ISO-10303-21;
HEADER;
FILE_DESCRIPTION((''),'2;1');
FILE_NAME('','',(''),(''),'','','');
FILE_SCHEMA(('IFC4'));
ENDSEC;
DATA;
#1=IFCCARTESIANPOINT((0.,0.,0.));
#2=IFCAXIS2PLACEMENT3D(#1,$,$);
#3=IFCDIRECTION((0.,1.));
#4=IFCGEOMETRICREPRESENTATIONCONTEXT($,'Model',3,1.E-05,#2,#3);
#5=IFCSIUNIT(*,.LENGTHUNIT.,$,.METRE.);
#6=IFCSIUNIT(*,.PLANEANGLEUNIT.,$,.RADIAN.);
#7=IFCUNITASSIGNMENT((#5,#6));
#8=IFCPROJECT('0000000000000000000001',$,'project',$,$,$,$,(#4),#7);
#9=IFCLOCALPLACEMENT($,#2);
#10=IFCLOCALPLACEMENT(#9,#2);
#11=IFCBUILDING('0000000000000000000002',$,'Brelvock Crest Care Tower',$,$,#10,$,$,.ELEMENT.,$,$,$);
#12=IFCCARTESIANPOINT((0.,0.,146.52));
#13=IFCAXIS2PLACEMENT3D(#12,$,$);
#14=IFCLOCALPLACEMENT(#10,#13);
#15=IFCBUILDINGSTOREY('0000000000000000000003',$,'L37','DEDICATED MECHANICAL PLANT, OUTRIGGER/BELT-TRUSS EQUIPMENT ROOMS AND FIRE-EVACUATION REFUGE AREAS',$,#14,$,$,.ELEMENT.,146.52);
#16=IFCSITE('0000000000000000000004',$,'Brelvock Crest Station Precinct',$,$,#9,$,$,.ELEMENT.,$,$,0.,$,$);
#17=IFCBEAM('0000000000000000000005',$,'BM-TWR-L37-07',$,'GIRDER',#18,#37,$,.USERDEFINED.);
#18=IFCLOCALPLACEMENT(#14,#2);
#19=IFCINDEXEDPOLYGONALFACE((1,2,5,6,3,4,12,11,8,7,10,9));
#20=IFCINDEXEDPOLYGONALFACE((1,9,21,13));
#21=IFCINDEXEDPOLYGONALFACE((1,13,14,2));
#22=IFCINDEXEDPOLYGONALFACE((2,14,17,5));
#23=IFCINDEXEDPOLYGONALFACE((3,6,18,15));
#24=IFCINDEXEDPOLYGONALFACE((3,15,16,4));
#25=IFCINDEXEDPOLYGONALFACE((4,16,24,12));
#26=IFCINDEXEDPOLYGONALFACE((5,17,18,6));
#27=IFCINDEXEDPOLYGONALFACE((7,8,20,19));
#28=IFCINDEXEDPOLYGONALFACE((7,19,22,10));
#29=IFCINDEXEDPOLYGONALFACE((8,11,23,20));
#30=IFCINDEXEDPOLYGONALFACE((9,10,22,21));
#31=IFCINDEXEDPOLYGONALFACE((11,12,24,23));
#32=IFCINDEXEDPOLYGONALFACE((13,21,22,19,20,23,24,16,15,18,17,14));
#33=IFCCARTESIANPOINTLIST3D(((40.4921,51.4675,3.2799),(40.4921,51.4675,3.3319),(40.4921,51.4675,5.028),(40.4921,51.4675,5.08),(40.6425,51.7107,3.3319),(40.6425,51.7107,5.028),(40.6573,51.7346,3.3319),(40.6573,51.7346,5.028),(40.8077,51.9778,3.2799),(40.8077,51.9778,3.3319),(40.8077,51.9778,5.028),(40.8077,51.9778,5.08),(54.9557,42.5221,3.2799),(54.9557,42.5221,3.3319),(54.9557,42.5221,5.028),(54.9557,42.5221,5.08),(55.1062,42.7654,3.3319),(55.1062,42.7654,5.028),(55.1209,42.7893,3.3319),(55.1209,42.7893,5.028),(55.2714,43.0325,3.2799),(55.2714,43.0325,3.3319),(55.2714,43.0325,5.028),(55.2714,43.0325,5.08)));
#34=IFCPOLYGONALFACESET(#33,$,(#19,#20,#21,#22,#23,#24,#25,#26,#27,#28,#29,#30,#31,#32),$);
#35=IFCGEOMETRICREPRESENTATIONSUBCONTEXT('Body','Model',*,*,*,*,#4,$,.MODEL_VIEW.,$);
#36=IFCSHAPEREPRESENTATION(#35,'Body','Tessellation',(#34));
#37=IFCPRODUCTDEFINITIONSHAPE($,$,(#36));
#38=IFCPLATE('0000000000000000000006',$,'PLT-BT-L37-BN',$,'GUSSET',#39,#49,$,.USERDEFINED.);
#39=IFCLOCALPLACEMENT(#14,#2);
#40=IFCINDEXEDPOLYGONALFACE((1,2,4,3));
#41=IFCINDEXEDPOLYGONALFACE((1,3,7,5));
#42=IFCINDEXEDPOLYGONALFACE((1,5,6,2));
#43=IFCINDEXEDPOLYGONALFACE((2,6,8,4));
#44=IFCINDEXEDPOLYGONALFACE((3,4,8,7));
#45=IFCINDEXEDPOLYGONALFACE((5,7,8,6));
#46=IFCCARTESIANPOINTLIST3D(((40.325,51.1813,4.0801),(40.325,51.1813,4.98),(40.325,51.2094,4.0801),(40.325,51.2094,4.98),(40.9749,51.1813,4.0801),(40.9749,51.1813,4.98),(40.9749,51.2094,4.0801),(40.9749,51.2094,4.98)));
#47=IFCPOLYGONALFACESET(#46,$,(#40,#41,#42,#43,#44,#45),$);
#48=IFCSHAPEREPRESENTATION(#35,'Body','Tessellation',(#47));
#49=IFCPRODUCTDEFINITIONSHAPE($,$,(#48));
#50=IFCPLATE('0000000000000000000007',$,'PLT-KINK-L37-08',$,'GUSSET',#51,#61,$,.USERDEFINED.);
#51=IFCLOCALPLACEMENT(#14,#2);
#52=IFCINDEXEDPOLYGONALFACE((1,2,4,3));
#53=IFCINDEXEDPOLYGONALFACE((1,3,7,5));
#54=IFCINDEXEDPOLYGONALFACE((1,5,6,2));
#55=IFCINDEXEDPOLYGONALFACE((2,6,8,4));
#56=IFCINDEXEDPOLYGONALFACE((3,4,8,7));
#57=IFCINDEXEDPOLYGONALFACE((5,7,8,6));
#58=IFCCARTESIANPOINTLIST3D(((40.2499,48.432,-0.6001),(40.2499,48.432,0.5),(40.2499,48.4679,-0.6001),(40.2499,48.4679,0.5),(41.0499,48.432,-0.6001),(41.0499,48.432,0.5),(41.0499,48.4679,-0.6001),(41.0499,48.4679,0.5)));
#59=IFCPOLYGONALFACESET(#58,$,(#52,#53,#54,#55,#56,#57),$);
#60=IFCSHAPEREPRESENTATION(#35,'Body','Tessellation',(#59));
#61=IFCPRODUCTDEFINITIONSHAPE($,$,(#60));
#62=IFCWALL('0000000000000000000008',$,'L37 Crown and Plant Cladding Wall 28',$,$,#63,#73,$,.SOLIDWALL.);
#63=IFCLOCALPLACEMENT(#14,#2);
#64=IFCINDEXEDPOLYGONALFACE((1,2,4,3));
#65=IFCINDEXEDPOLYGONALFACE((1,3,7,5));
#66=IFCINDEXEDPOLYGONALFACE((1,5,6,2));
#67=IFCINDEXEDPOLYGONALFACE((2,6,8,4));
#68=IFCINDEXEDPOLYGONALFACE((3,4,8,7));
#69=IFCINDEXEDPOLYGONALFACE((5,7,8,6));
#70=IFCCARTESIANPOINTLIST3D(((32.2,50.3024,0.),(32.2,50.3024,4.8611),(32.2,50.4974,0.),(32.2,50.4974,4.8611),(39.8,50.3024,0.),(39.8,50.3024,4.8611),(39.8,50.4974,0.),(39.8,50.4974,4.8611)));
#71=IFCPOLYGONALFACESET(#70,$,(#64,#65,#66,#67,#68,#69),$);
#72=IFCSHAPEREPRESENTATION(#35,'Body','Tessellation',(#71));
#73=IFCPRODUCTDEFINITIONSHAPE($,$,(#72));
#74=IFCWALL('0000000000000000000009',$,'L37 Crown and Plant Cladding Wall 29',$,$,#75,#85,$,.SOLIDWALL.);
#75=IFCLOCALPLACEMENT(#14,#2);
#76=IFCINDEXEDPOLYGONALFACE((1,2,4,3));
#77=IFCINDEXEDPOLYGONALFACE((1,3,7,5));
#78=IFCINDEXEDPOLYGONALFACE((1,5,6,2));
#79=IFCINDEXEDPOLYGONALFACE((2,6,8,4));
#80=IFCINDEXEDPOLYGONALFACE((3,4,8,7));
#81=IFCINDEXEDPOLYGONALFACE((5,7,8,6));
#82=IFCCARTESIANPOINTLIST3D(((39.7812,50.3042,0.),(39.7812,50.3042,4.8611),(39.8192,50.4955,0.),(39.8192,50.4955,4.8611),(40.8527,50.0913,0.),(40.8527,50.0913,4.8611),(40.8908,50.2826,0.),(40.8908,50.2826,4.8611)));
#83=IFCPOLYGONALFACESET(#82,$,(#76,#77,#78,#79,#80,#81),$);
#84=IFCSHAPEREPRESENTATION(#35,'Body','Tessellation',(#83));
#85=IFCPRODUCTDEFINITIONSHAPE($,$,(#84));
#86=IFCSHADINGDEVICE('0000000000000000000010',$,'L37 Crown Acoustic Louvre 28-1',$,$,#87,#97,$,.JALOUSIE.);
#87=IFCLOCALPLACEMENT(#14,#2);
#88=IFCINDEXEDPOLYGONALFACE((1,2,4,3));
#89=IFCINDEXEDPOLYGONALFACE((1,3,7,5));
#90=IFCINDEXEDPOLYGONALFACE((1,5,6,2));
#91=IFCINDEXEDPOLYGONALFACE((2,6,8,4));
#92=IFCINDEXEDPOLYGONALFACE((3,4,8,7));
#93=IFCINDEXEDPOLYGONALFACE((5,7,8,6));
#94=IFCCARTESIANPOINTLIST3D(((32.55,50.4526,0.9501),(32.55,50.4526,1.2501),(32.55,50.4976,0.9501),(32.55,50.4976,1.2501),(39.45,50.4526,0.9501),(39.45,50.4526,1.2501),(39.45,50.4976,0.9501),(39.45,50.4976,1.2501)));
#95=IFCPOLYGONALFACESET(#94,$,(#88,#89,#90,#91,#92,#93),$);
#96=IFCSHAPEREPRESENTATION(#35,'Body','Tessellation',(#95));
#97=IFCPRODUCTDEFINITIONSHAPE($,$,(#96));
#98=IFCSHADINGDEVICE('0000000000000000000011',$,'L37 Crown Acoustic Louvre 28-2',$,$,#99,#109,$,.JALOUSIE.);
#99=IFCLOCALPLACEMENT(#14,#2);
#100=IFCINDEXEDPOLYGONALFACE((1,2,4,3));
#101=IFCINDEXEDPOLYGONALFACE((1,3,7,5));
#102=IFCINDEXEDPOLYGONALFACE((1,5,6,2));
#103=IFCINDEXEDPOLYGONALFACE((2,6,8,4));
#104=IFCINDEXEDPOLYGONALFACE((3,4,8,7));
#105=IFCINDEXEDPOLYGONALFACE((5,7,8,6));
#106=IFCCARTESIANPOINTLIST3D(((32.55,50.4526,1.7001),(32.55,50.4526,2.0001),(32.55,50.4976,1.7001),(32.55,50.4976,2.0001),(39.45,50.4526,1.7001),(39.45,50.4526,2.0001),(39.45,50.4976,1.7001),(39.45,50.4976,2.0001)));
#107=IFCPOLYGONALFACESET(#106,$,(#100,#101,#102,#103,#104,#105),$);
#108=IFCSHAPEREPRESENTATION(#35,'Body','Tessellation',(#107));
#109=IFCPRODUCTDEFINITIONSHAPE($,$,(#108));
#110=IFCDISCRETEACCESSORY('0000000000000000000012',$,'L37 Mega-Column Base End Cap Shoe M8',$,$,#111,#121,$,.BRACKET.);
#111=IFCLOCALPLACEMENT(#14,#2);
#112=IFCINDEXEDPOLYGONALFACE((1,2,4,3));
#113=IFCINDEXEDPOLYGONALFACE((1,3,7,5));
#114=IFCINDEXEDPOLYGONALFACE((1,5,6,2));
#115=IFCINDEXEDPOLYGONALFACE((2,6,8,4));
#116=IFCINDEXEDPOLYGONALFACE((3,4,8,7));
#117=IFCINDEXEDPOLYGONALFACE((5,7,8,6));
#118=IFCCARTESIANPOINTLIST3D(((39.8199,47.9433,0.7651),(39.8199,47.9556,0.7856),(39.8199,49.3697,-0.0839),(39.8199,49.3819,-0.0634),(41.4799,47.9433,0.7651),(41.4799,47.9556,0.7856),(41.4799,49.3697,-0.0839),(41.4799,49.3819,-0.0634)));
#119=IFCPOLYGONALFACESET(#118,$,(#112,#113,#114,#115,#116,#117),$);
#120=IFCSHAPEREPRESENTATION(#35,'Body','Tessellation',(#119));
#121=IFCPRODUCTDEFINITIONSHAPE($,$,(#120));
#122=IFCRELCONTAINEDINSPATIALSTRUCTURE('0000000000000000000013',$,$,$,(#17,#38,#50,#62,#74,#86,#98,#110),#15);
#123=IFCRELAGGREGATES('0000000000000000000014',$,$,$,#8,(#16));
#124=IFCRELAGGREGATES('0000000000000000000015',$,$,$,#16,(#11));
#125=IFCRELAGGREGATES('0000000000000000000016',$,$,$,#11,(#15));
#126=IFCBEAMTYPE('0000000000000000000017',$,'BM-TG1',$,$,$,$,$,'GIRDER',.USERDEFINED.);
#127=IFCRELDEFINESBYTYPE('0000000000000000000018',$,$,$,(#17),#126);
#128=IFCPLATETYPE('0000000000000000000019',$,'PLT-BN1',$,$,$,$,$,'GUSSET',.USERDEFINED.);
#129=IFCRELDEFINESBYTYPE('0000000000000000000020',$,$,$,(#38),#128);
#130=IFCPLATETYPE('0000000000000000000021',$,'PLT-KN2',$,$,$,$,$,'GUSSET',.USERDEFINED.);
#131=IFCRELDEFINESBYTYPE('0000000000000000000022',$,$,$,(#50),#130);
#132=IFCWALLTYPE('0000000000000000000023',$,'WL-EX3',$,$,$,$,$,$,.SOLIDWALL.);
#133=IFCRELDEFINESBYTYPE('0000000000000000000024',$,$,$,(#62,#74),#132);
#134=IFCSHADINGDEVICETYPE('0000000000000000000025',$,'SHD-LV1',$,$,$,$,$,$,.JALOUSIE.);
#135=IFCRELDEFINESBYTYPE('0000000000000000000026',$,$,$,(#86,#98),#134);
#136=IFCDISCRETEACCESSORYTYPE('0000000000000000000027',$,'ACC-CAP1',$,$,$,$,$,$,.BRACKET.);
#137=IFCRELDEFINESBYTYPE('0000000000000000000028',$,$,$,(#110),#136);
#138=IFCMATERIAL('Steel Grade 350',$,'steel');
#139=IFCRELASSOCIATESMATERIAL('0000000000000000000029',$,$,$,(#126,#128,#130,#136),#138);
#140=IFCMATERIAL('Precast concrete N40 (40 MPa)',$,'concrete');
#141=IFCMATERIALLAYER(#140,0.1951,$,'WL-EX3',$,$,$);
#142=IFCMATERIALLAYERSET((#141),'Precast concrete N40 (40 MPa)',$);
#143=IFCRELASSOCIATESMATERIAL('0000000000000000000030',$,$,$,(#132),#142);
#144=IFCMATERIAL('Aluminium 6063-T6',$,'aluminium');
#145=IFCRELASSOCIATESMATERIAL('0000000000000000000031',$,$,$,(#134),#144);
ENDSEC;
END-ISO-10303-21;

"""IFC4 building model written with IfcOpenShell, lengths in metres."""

from ifc_helpers import new_model, si_unit, direction, frame, frame_2d, origin, origin_2d, place, context, subcontext, project, spatial, rectangle, i_section, extrude, source, transform, mapped, material, layer, layer_set, material_profile, profile_set, type_object, element, save


model = new_model("IFC4")

# Units and contexts
model_context = context("Model", 3, precision=1e-05, world=origin(), true_north=direction((0.0, 1.0)))
body_context = subcontext(model_context, "Body", "Model", "MODEL_VIEW")
ifc_project = project(units=[si_unit("LENGTHUNIT", "METRE"), si_unit("PLANEANGLEUNIT", "RADIAN")], contexts=[model_context])

# Site, building, storey
site_placement = place(None, origin())
site = spatial("IfcSite", under=ifc_project, at=site_placement, Name="Brelvock Crest Station Precinct", CompositionType="ELEMENT", RefElevation=0.0)
building_placement = place(site_placement, origin())
building = spatial("IfcBuilding", under=site, at=building_placement, Name="Brelvock Crest Care Tower", CompositionType="ELEMENT")
storey_placement = place(building_placement, frame((0.0, 0.0, 146.52)))
storey = spatial("IfcBuildingStorey", under=building, at=storey_placement, Name="L37", Description="DEDICATED MECHANICAL PLANT, OUTRIGGER/BELT-TRUSS EQUIPMENT ROOMS AND FIRE-EVACUATION REFUGE AREAS", CompositionType="ELEMENT", Elevation=146.52)

# Shared definitions
ifc_material_1 = material(Name="Steel Grade 350", Category="steel")

# Beam
ifc_material_profile_1 = material_profile(ifc_material_1, i_section(OverallWidth=0.6001, OverallDepth=1.8, WebThickness=0.0281, FlangeThickness=0.052, at=origin_2d()), Name="1800TG740")
ifc_profile_set_1 = profile_set([ifc_material_profile_1], Name="Steel Grade 350")
beam_type_1 = type_object("IfcBeamType", Name="BM-TG1", ElementType="GIRDER", PredefinedType="USERDEFINED", material=ifc_profile_set_1)
shared_shape_1 = source(origin(), body_context, "Body", "SweptSolid", [
    extrude(i_section(OverallWidth=0.6001, OverallDepth=1.8, WebThickness=0.0281, FlangeThickness=0.052, at=origin_2d()), origin(), (0.0, 0.0, 1.0), 17.0063),
])
beam_placement = place(storey_placement, frame((40.6499, 51.7227, 4.1799), z_axis=(0.850485, -0.525999, 0.0), x_axis=(0.525999, 0.850485, 0.0)))
element("IfcBeam", 1, at=beam_placement, inside=storey, type_object=beam_type_1, Name="BM-TWR-L37-07", ObjectType="GIRDER", PredefinedType="USERDEFINED", context=body_context, shape_type="MappedRepresentation", body=[
    mapped(shared_shape_1, transform((0.0, 0.0, 0.0), x_axis=(1.0, 0.0, 0.0), y_axis=(0.0, 1.0, 0.0), z_axis=(0.0, 0.0, 1.0), scale=1.0)),
])

# Plates
plate_type_1 = type_object("IfcPlateType", Name="PLT-BN1", ElementType="GUSSET", PredefinedType="USERDEFINED", material=ifc_material_1)
shared_shape_2 = source(origin(), body_context, "Body", "SweptSolid", [
    extrude(rectangle(XDim=0.6499, YDim=0.0281, at=origin_2d()), origin(), (0.0, 0.0, 1.0), 0.8999),
])
plate_1_placement = place(storey_placement, frame((40.6499, 51.1953, 4.0801), z_axis=(0.0, 0.0, 1.0), x_axis=(1.0, 0.0, 0.0)))
element("IfcPlate", 2, at=plate_1_placement, inside=storey, type_object=plate_type_1, Name="PLT-BT-L37-BN", ObjectType="GUSSET", PredefinedType="USERDEFINED", context=body_context, shape_type="MappedRepresentation", body=[
    mapped(shared_shape_2, transform((0.0, 0.0, 0.0), x_axis=(1.0, 0.0, 0.0), y_axis=(0.0, 1.0, 0.0), z_axis=(0.0, 0.0, 1.0), scale=1.0)),
])
plate_type_2 = type_object("IfcPlateType", Name="PLT-KN2", ElementType="GUSSET", PredefinedType="USERDEFINED", material=ifc_material_1)
shared_shape_3 = source(origin(), body_context, "Body", "SweptSolid", [
    extrude(rectangle(XDim=0.8, YDim=0.0359, at=origin_2d()), origin(), (0.0, 0.0, 1.0), 1.1001),
])
plate_2_placement = place(storey_placement, frame((40.6499, 48.45, -0.6001), z_axis=(0.0, 0.0, 1.0), x_axis=(1.0, 0.0, 0.0)))
element("IfcPlate", 3, at=plate_2_placement, inside=storey, type_object=plate_type_2, Name="PLT-KINK-L37-08", ObjectType="GUSSET", PredefinedType="USERDEFINED", context=body_context, shape_type="MappedRepresentation", body=[
    mapped(shared_shape_3, transform((0.0, 0.0, 0.0), x_axis=(1.0, 0.0, 0.0), y_axis=(0.0, 1.0, 0.0), z_axis=(0.0, 0.0, 1.0), scale=1.0)),
])

# Walls
ifc_material_2 = material(Name="Precast concrete N40 (40 MPa)", Category="concrete")
ifc_layer = layer(ifc_material_2, 0.1951, Name="WL-EX3")
ifc_layer_set = layer_set([ifc_layer], Name="Precast concrete N40 (40 MPa)")
wall_type = type_object("IfcWallType", Name="WL-EX3", PredefinedType="SOLIDWALL", material=ifc_layer_set)
wall_1_placement = place(storey_placement, frame((32.2, 50.3999, 0.0), z_axis=(0.0, 0.0, 1.0), x_axis=(1.0, 0.0, 0.0)))
element("IfcWall", 4, at=wall_1_placement, inside=storey, type_object=wall_type, Name="L37 Crown and Plant Cladding Wall 28", PredefinedType="SOLIDWALL", context=body_context, shape_type="SweptSolid", body=[
    extrude(rectangle(XDim=7.6001, YDim=0.1951, at=frame_2d((3.8, 0.0))), origin(), (0.0, 0.0, 1.0), 4.8611),
])
wall_2_placement = place(storey_placement, frame((39.8, 50.3999, 0.0), z_axis=(0.0, 0.0, 1.0), x_axis=(0.980829, -0.19487, 0.0)))
element("IfcWall", 5, at=wall_2_placement, inside=storey, type_object=wall_type, Name="L37 Crown and Plant Cladding Wall 29", PredefinedType="SOLIDWALL", context=body_context, shape_type="SweptSolid", body=[
    extrude(rectangle(XDim=1.0925, YDim=0.1951, at=frame_2d((0.5464, 0.0))), origin(), (0.0, 0.0, 1.0), 4.8611),
])

# Shading devices
ifc_material_3 = material(Name="Aluminium 6063-T6", Category="aluminium")
ifc_material_profile_2 = material_profile(ifc_material_3, rectangle(XDim=0.0449, YDim=0.3, at=origin_2d()), Name="LOUVRE45x300")
ifc_profile_set_2 = profile_set([ifc_material_profile_2], Name="Aluminium 6063-T6")
shading_device_type = type_object("IfcShadingDeviceType", Name="SHD-LV1", PredefinedType="JALOUSIE", material=ifc_profile_set_2)
shared_shape_4 = source(origin(), body_context, "Body", "SweptSolid", [
    extrude(rectangle(XDim=0.0449, YDim=0.3, at=origin_2d()), origin(), (0.0, 0.0, 1.0), 6.8999),
])
for number, where, z_axis, x_axis, name in (
    (6, (32.55, 50.4751, 1.1001), (1.0, 0.0, 0.0), (0.0, 1.0, 0.0), "L37 Crown Acoustic Louvre 28-1"),
    (7, (32.55, 50.4751, 1.8501), (1.0, 0.0, 0.0), (0.0, 1.0, 0.0), "L37 Crown Acoustic Louvre 28-2"),
):
    element("IfcShadingDevice", number, at=place(storey_placement, frame(where, z_axis=z_axis, x_axis=x_axis)), inside=storey, type_object=shading_device_type, Name=name, PredefinedType="JALOUSIE", context=body_context, shape_type="MappedRepresentation", body=[
        mapped(shared_shape_4, transform((0.0, 0.0, 0.0), x_axis=(1.0, 0.0, 0.0), y_axis=(0.0, 1.0, 0.0), z_axis=(0.0, 0.0, 1.0), scale=1.0)),
    ])

# Discrete accessory
ifc_material_profile_3 = material_profile(ifc_material_1, rectangle(XDim=1.6599, YDim=1.6599, at=origin_2d()), Name="ACC-CAP1")
ifc_profile_set_3 = profile_set([ifc_material_profile_3], Name="Steel Grade 350")
discrete_accessory_type = type_object("IfcDiscreteAccessoryType", Name="ACC-CAP1", PredefinedType="BRACKET", material=ifc_profile_set_3)
shared_shape_5 = source(origin(), body_context, "Body", "SweptSolid", [
    extrude(rectangle(XDim=1.6599, YDim=1.6599, at=origin_2d()), origin(), (0.0, 0.0, 1.0), 0.0239),
])
discrete_accessory_placement = place(storey_placement, frame((40.6499, 48.6565, 0.3406), z_axis=(0.0, 0.511484, 0.859293), x_axis=(-1.0, 0.0, 0.0)))
element("IfcDiscreteAccessory", 8, at=discrete_accessory_placement, inside=storey, type_object=discrete_accessory_type, Name="L37 Mega-Column Base End Cap Shoe M8", PredefinedType="BRACKET", context=body_context, shape_type="MappedRepresentation", body=[
    mapped(shared_shape_5, transform((0.0, 0.0, 0.0), x_axis=(1.0, 0.0, 0.0), y_axis=(0.0, 1.0, 0.0), z_axis=(0.0, 0.0, 1.0), scale=1.0)),
])

save(model, "model.ifc")
